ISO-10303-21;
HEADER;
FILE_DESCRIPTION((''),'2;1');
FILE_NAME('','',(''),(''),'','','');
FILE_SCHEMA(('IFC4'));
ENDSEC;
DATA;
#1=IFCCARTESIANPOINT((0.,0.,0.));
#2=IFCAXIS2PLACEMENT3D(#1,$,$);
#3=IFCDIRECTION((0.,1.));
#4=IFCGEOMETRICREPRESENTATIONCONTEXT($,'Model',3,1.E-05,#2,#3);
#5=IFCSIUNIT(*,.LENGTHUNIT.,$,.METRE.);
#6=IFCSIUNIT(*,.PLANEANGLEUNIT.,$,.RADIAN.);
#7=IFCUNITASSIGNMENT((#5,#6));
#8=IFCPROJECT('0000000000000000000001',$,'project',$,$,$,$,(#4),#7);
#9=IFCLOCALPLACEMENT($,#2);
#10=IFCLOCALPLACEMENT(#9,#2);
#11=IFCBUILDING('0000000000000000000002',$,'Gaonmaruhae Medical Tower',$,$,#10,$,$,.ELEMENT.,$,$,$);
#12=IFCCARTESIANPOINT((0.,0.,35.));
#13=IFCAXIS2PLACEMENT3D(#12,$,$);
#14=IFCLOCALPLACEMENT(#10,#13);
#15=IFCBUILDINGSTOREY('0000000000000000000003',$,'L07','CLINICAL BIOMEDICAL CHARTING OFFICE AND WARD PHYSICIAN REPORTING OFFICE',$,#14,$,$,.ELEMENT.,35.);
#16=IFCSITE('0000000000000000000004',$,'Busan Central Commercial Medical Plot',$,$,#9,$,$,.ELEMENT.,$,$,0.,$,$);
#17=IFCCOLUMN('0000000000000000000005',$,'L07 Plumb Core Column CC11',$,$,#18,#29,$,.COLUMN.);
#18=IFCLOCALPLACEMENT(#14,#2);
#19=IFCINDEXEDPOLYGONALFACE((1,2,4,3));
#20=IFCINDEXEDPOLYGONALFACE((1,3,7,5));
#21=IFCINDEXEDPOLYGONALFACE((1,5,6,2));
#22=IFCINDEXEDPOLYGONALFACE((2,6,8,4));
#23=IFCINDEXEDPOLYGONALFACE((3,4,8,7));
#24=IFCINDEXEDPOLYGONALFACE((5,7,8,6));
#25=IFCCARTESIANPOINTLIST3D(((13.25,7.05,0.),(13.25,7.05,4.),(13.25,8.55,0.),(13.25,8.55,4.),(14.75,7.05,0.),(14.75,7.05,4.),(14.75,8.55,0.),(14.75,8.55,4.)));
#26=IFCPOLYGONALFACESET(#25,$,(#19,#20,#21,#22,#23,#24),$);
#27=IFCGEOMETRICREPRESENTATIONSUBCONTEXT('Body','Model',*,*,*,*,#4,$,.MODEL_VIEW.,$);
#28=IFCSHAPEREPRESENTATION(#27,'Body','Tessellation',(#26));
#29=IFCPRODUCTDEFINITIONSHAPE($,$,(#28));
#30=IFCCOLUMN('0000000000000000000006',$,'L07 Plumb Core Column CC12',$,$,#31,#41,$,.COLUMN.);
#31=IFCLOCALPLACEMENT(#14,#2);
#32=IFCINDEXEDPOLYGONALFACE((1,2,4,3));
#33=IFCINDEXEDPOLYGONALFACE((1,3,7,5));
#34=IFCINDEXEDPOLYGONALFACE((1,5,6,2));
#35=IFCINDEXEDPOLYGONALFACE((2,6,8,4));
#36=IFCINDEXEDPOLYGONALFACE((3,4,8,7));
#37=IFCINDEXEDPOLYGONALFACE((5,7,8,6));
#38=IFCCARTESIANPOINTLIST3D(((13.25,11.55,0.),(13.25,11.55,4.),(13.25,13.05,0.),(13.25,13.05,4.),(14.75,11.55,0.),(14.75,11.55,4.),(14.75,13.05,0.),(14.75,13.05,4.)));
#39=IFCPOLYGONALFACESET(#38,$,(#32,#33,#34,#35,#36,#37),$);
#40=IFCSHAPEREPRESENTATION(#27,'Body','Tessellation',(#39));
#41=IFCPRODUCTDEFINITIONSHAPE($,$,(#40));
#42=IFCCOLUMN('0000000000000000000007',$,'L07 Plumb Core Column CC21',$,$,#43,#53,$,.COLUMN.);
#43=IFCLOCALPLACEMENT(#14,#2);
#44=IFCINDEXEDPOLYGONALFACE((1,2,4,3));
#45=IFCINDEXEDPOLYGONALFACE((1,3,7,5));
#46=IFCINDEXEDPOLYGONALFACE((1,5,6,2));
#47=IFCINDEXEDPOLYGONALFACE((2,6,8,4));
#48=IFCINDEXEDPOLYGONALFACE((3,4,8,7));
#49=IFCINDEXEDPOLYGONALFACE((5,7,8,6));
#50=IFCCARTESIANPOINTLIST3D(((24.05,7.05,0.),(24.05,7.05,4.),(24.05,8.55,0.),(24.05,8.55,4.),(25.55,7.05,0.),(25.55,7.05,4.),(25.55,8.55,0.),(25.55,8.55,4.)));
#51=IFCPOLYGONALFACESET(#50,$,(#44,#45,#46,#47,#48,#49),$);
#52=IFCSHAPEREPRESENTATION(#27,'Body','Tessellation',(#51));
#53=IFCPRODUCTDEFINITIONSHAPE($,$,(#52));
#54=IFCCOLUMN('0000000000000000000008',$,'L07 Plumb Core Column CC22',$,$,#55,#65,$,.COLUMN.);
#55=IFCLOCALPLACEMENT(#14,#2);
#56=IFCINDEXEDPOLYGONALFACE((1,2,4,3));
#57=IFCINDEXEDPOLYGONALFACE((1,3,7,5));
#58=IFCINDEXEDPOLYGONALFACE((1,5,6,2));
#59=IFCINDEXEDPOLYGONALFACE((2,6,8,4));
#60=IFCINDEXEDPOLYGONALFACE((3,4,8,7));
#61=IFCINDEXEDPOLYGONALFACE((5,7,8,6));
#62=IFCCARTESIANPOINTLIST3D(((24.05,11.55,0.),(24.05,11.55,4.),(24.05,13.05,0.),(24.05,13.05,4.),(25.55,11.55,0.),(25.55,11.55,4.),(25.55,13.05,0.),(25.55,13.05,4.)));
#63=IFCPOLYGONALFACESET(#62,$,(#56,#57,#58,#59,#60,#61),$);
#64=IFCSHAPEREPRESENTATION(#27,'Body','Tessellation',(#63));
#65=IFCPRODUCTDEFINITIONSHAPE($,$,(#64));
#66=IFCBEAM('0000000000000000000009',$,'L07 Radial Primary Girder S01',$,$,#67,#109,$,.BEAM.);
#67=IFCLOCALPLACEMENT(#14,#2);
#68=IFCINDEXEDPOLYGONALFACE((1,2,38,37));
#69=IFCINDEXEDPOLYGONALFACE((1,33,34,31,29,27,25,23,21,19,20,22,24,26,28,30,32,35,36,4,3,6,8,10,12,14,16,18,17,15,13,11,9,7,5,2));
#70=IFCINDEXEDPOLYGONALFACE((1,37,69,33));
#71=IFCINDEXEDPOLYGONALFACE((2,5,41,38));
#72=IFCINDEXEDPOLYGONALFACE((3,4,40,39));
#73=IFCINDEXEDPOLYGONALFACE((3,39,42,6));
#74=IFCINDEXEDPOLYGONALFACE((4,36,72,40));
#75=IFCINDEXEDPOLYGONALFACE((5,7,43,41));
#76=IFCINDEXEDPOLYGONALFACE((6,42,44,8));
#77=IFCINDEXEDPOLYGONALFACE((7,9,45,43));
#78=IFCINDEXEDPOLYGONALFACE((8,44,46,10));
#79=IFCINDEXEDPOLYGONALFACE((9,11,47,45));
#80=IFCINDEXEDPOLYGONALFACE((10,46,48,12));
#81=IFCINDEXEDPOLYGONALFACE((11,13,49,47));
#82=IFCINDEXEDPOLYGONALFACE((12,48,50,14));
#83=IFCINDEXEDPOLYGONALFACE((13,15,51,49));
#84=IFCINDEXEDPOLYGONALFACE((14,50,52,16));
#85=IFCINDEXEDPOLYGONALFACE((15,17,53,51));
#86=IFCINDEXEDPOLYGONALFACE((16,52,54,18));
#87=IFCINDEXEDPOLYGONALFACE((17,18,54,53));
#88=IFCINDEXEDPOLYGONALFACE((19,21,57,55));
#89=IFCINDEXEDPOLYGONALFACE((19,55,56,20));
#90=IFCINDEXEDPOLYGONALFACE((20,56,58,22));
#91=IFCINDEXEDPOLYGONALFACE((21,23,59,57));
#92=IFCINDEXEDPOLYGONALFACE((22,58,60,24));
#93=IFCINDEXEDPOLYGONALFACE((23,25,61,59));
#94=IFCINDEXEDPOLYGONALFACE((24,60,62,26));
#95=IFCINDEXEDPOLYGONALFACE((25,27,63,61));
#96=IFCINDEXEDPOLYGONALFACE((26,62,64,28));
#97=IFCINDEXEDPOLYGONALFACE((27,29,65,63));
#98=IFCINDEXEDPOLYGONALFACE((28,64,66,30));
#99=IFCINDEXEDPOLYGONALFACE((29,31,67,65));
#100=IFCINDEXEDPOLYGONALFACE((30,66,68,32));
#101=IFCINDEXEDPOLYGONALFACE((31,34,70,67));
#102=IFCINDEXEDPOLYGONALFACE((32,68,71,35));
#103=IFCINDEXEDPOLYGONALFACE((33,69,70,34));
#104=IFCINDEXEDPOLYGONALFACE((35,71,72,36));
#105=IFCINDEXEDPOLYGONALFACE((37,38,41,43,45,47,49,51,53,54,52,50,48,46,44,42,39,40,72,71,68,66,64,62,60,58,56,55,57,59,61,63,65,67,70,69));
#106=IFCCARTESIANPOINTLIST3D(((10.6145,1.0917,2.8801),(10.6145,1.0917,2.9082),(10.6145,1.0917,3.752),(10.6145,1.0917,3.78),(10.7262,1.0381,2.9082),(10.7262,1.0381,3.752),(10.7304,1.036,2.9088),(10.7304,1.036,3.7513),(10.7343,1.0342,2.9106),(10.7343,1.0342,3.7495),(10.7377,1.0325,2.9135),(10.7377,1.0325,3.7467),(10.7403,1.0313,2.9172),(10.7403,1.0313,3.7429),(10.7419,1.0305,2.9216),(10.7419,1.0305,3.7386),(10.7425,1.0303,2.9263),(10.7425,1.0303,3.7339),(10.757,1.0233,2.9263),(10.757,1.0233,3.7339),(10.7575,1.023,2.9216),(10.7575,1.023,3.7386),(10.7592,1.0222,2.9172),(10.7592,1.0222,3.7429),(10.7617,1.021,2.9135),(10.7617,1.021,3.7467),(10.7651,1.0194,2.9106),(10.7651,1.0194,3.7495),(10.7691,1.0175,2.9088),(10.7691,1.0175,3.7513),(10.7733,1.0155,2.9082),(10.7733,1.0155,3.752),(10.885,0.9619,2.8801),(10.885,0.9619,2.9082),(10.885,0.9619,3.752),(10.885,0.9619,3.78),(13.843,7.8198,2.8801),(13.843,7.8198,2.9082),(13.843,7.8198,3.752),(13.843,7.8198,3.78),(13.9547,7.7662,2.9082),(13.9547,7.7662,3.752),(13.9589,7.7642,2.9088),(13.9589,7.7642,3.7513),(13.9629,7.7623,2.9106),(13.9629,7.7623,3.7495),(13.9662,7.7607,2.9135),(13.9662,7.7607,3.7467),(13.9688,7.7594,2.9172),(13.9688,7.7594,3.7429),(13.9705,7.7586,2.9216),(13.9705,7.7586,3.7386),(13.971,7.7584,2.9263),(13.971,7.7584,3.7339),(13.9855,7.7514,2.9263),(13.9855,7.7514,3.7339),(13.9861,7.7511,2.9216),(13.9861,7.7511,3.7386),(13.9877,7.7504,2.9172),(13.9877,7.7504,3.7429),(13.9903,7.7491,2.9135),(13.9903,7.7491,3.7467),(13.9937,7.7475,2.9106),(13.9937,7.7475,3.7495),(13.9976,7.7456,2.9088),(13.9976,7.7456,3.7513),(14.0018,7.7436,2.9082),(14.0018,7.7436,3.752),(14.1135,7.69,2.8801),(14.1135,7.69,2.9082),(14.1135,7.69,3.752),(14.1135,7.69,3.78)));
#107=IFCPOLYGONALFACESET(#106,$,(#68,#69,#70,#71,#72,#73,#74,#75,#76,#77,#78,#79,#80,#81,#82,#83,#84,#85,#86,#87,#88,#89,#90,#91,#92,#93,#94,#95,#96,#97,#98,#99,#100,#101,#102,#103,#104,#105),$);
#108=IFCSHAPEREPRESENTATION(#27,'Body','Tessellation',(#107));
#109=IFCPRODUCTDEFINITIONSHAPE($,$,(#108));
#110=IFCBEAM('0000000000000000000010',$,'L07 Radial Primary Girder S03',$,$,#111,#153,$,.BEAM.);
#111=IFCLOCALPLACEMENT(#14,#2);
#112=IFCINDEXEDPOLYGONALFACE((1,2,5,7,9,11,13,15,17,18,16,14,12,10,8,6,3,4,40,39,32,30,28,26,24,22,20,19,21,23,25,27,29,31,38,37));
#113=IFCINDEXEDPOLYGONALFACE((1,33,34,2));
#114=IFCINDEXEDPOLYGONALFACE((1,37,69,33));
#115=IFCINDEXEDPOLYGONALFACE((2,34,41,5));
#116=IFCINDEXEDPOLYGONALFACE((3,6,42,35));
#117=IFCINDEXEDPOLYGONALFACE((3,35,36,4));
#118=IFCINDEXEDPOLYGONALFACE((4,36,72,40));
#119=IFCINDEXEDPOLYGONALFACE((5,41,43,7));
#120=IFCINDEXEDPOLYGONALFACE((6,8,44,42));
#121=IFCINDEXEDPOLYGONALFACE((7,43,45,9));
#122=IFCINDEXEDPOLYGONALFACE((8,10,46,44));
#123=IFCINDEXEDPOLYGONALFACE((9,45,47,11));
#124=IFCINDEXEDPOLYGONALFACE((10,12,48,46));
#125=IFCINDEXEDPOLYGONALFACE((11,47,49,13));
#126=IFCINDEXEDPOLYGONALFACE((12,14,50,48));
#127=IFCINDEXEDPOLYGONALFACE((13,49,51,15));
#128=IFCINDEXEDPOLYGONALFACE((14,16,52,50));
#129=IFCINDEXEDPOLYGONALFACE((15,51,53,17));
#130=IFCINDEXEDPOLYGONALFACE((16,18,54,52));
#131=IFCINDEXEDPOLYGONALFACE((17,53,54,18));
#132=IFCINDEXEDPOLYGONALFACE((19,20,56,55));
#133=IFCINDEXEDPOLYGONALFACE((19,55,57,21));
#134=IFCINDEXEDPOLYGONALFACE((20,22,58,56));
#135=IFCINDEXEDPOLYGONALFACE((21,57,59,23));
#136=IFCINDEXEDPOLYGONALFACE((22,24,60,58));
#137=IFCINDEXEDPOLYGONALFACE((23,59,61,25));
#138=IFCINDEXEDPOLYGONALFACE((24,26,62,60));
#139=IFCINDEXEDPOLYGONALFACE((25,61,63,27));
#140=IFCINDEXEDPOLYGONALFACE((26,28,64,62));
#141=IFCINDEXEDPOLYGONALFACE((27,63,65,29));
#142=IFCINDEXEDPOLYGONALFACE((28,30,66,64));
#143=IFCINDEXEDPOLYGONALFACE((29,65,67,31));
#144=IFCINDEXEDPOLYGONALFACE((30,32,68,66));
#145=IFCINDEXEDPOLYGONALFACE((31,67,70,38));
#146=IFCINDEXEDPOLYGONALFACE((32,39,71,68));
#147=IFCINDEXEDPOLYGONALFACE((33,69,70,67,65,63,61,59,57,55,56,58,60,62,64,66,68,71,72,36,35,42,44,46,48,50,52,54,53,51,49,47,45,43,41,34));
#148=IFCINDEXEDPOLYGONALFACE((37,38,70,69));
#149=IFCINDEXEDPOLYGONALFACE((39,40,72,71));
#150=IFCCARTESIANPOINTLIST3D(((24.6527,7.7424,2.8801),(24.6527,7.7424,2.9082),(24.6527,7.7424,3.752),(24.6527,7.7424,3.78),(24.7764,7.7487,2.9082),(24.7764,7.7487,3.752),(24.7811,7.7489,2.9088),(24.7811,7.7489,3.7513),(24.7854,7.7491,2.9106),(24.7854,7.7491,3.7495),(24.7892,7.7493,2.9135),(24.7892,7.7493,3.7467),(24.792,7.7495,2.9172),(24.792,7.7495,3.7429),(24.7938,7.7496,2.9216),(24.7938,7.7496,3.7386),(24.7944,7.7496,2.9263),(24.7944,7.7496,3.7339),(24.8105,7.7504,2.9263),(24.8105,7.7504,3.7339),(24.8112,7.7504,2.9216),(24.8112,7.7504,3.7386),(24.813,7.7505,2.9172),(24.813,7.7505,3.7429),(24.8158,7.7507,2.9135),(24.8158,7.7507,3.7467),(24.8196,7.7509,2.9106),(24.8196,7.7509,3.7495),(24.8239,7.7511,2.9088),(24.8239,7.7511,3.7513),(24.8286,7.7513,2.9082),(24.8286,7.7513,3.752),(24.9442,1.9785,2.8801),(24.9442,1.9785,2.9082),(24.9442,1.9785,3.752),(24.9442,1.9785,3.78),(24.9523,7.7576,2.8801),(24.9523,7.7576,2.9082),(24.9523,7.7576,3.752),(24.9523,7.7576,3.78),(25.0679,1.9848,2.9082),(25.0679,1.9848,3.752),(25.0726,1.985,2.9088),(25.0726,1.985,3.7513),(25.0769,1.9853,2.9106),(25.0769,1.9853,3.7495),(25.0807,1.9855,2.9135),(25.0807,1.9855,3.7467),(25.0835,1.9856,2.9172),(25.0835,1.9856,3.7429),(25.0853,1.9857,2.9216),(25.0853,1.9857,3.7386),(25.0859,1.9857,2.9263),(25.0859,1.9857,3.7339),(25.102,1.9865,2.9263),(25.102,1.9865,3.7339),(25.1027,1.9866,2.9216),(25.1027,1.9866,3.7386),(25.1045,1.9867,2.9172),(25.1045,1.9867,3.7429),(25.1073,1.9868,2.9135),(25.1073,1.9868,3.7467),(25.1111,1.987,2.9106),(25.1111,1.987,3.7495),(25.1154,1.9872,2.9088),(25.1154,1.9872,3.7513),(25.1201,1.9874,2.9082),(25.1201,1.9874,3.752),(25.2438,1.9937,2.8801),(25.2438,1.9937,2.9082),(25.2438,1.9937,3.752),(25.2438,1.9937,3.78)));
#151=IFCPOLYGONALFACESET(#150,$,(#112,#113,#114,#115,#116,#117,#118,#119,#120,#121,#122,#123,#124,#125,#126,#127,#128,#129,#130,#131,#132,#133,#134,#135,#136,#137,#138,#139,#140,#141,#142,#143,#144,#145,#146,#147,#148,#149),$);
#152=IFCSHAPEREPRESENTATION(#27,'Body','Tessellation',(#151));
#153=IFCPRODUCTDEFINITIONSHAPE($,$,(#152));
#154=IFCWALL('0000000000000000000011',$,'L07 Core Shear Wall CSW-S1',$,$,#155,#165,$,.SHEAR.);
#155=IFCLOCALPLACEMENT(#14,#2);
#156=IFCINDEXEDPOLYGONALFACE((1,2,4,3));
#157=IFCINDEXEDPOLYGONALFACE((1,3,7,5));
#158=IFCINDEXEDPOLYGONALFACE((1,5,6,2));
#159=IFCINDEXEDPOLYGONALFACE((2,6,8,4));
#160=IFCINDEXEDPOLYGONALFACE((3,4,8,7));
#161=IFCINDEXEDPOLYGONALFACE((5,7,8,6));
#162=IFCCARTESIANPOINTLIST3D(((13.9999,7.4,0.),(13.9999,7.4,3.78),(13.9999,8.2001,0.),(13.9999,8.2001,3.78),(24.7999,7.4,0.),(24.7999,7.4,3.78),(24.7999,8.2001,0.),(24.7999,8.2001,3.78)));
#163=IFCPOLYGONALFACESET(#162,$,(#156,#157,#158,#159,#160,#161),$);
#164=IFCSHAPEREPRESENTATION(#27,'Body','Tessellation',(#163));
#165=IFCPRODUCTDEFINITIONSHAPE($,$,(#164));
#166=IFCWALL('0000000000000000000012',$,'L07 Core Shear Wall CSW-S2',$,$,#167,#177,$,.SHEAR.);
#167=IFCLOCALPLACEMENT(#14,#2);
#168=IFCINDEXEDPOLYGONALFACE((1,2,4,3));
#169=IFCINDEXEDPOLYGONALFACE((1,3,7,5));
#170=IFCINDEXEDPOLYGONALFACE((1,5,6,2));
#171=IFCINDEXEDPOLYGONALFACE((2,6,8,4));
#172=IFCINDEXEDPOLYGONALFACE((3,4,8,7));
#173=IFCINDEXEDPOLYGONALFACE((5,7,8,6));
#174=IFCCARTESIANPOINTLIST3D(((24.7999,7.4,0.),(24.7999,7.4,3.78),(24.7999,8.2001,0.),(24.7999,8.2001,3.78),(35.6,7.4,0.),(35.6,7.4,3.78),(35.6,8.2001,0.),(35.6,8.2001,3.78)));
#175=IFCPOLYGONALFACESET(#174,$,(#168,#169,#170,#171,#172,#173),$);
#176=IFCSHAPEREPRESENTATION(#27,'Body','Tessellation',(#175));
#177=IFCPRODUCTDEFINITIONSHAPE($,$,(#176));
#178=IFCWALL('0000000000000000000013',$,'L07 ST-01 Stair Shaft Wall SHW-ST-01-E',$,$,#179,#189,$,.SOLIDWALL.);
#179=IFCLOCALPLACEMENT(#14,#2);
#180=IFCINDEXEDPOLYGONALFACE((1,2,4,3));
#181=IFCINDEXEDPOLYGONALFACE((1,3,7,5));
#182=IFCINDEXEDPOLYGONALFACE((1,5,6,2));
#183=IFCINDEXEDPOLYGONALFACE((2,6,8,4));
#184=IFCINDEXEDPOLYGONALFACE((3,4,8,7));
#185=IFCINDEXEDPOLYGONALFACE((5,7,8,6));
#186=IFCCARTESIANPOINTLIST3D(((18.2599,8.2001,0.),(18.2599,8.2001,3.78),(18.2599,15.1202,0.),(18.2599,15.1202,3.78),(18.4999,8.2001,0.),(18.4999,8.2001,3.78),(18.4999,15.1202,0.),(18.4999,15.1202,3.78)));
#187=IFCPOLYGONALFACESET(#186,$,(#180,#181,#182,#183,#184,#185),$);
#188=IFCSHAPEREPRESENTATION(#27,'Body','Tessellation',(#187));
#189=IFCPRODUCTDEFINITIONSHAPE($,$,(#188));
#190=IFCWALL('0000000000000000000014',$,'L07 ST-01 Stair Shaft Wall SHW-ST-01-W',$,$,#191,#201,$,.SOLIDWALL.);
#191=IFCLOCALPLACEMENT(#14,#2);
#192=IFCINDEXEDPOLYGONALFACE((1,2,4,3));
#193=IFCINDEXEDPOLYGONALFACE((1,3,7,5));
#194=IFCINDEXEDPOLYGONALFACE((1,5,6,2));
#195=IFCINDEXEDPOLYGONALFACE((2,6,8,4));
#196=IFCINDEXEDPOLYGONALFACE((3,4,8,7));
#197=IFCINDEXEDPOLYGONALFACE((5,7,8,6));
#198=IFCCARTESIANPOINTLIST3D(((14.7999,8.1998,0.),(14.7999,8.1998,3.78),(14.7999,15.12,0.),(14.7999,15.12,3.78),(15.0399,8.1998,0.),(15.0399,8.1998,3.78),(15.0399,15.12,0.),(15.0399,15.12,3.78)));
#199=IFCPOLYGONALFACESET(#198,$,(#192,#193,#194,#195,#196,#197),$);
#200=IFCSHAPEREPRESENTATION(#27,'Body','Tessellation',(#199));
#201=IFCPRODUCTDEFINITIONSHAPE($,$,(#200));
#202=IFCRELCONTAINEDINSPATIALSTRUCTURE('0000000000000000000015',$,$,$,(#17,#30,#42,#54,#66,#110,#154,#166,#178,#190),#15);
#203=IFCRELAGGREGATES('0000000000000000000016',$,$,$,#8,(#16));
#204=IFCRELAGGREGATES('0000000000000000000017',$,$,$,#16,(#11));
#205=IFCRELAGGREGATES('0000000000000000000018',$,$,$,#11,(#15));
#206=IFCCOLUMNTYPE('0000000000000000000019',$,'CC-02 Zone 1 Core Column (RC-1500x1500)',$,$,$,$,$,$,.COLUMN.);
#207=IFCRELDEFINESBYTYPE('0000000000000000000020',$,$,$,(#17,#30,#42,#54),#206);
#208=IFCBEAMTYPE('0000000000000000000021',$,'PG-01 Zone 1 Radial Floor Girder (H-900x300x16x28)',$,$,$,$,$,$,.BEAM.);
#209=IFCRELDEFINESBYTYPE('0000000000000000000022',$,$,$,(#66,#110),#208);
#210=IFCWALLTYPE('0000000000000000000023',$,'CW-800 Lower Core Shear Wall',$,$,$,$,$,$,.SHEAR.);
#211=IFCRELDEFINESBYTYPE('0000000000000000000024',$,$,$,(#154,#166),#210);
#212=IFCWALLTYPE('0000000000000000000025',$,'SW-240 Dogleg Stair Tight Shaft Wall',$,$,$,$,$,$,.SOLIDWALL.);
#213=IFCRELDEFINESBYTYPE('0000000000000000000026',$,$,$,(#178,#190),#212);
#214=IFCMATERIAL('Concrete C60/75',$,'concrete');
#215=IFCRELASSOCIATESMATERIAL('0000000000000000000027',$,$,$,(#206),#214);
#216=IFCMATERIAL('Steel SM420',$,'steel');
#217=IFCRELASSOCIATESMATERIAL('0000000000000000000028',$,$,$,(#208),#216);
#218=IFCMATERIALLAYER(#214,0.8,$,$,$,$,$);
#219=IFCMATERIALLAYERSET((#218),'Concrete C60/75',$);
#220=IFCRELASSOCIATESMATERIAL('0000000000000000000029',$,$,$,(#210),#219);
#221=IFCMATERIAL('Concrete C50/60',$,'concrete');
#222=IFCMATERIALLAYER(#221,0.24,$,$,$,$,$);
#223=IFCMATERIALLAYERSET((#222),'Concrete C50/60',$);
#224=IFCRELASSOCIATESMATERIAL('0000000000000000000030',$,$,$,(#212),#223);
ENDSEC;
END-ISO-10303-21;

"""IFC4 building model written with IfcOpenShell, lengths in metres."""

from ifc_helpers import new_model, si_unit, direction, frame, frame_2d, origin, origin_2d, place, context, subcontext, project, spatial, rectangle, i_section, extrude, material, layer, layer_set, material_profile, profile_set, type_object, element, save


model = new_model("IFC4")

# Units and contexts
model_context = context("Model", 3, precision=1e-05, world=origin(), true_north=direction((0.0, 1.0)))
body_context = subcontext(model_context, "Body", "Model", "MODEL_VIEW")
ifc_project = project(units=[si_unit("LENGTHUNIT", "METRE"), si_unit("PLANEANGLEUNIT", "RADIAN")], contexts=[model_context])

# Site, building, storey
site_placement = place(None, origin())
site = spatial("IfcSite", under=ifc_project, at=site_placement, Name="Busan Central Commercial Medical Plot", CompositionType="ELEMENT", RefElevation=0.0)
building_placement = place(site_placement, origin())
building = spatial("IfcBuilding", under=site, at=building_placement, Name="Gaonmaruhae Medical Tower", CompositionType="ELEMENT")
storey_placement = place(building_placement, frame((0.0, 0.0, 35.0)))
storey = spatial("IfcBuildingStorey", under=building, at=storey_placement, Name="L07", Description="CLINICAL BIOMEDICAL CHARTING OFFICE AND WARD PHYSICIAN REPORTING OFFICE", CompositionType="ELEMENT", Elevation=35.0)

# Columns
ifc_material_1 = material(Name="Concrete C60/75", Category="concrete")
ifc_material_profile_1 = material_profile(ifc_material_1, rectangle(XDim=1.5, YDim=1.5, at=origin_2d()), Name="RC-1500x1500")
ifc_profile_set_1 = profile_set([ifc_material_profile_1], Name="Concrete C60/75")
column_type = type_object("IfcColumnType", Name="CC-02 Zone 1 Core Column (RC-1500x1500)", PredefinedType="COLUMN", material=ifc_profile_set_1)
for number, where, z_axis, x_axis, name in (
    (1, (14.0, 7.8, 0.0), (0.0, 0.0, 1.0), (1.0, 0.0, 0.0), "L07 Plumb Core Column CC11"),
    (2, (14.0, 12.3, 0.0), (0.0, 0.0, 1.0), (1.0, 0.0, 0.0), "L07 Plumb Core Column CC12"),
    (3, (24.8, 7.8, 0.0), (0.0, 0.0, 1.0), (1.0, 0.0, 0.0), "L07 Plumb Core Column CC21"),
    (4, (24.8, 12.3, 0.0), (0.0, 0.0, 1.0), (1.0, 0.0, 0.0), "L07 Plumb Core Column CC22"),
):
    element("IfcColumn", number, at=place(storey_placement, frame(where, z_axis=z_axis, x_axis=x_axis)), inside=storey, type_object=column_type, Name=name, PredefinedType="COLUMN", context=body_context, shape_type="SweptSolid", body=[
        extrude(rectangle(XDim=1.5, YDim=1.5, at=origin_2d()), origin(), (0.0, 0.0, 1.0), 4.0),
    ])

# Beams
ifc_material_2 = material(Name="Steel SM420", Category="steel")
ifc_material_profile_2 = material_profile(ifc_material_2, i_section(OverallWidth=0.3, OverallDepth=0.8999, WebThickness=0.0161, FlangeThickness=0.0281, FilletRadius=0.0181, at=origin_2d()), Name="H-900x300x16x28")
ifc_profile_set_2 = profile_set([ifc_material_profile_2], Name="Steel SM420")
beam_type = type_object("IfcBeamType", Name="PG-01 Zone 1 Radial Floor Girder (H-900x300x16x28)", PredefinedType="BEAM", material=ifc_profile_set_2)
beam_1_placement = place(storey_placement, frame((13.9783, 7.7549, 3.3301), z_axis=(-0.432629, -0.901572, 0.0), x_axis=(0.901572, -0.432629, 0.0)))
element("IfcBeam", 5, at=beam_1_placement, inside=storey, type_object=beam_type, Name="L07 Radial Primary Girder S01", PredefinedType="BEAM", context=body_context, shape_type="SweptSolid", body=[
    extrude(i_section(OverallWidth=0.3, OverallDepth=0.8999, WebThickness=0.0161, FlangeThickness=0.0281, FilletRadius=0.0181, at=origin_2d()), origin(), (0.0, 0.0, 1.0), 7.4626),
])
beam_2_placement = place(storey_placement, frame((24.8025, 7.75, 3.3301), z_axis=(0.050509, -0.998724, 0.0), x_axis=(0.998724, 0.050509, 0.0)))
element("IfcBeam", 6, at=beam_2_placement, inside=storey, type_object=beam_type, Name="L07 Radial Primary Girder S03", PredefinedType="BEAM", context=body_context, shape_type="SweptSolid", body=[
    extrude(i_section(OverallWidth=0.3, OverallDepth=0.8999, WebThickness=0.0161, FlangeThickness=0.0281, FilletRadius=0.0181, at=origin_2d()), origin(), (0.0, 0.0, 1.0), 5.7712),
])

# Walls
ifc_layer_1 = layer(ifc_material_1, 0.8)
ifc_layer_set_1 = layer_set([ifc_layer_1], Name="Concrete C60/75")
wall_type_1 = type_object("IfcWallType", Name="CW-800 Lower Core Shear Wall", PredefinedType="SHEAR", material=ifc_layer_set_1)
for number, where, z_axis, x_axis, name in (
    (7, (14.0, 7.8, 0.0), (0.0, 0.0, 1.0), (1.0, 0.0, 0.0), "L07 Core Shear Wall CSW-S1"),
    (8, (24.8, 7.8, 0.0), (0.0, 0.0, 1.0), (1.0, 0.0, 0.0), "L07 Core Shear Wall CSW-S2"),
):
    element("IfcWall", number, at=place(storey_placement, frame(where, z_axis=z_axis, x_axis=x_axis)), inside=storey, type_object=wall_type_1, Name=name, PredefinedType="SHEAR", context=body_context, shape_type="SweptSolid", body=[
        extrude(rectangle(XDim=10.8, YDim=0.8, at=frame_2d((5.3999, 0.0))), origin(), (0.0, 0.0, 1.0), 3.78),
    ])

# Shared definitions
ifc_material_3 = material(Name="Concrete C50/60", Category="concrete")
ifc_layer_2 = layer(ifc_material_3, 0.24)
ifc_layer_set_2 = layer_set([ifc_layer_2], Name="Concrete C50/60")
wall_type_2 = type_object("IfcWallType", Name="SW-240 Dogleg Stair Tight Shaft Wall", PredefinedType="SOLIDWALL", material=ifc_layer_set_2)

# Walls
for number, where, z_axis, x_axis, name in (
    (9, (18.3799, 15.1201, 0.0), (0.0, 0.0, 1.0), (0.0, -1.0, 0.0), "L07 ST-01 Stair Shaft Wall SHW-ST-01-E"),
    (10, (14.9199, 8.2, 0.0), (0.0, 0.0, 1.0), (0.0, 1.0, 0.0), "L07 ST-01 Stair Shaft Wall SHW-ST-01-W"),
):
    element("IfcWall", number, at=place(storey_placement, frame(where, z_axis=z_axis, x_axis=x_axis)), inside=storey, type_object=wall_type_2, Name=name, PredefinedType="SOLIDWALL", context=body_context, shape_type="SweptSolid", body=[
        extrude(rectangle(XDim=6.9202, YDim=0.24, at=frame_2d((3.46, 0.0))), origin(), (0.0, 0.0, 1.0), 3.78),
    ])

save(model, "model.ifc")
